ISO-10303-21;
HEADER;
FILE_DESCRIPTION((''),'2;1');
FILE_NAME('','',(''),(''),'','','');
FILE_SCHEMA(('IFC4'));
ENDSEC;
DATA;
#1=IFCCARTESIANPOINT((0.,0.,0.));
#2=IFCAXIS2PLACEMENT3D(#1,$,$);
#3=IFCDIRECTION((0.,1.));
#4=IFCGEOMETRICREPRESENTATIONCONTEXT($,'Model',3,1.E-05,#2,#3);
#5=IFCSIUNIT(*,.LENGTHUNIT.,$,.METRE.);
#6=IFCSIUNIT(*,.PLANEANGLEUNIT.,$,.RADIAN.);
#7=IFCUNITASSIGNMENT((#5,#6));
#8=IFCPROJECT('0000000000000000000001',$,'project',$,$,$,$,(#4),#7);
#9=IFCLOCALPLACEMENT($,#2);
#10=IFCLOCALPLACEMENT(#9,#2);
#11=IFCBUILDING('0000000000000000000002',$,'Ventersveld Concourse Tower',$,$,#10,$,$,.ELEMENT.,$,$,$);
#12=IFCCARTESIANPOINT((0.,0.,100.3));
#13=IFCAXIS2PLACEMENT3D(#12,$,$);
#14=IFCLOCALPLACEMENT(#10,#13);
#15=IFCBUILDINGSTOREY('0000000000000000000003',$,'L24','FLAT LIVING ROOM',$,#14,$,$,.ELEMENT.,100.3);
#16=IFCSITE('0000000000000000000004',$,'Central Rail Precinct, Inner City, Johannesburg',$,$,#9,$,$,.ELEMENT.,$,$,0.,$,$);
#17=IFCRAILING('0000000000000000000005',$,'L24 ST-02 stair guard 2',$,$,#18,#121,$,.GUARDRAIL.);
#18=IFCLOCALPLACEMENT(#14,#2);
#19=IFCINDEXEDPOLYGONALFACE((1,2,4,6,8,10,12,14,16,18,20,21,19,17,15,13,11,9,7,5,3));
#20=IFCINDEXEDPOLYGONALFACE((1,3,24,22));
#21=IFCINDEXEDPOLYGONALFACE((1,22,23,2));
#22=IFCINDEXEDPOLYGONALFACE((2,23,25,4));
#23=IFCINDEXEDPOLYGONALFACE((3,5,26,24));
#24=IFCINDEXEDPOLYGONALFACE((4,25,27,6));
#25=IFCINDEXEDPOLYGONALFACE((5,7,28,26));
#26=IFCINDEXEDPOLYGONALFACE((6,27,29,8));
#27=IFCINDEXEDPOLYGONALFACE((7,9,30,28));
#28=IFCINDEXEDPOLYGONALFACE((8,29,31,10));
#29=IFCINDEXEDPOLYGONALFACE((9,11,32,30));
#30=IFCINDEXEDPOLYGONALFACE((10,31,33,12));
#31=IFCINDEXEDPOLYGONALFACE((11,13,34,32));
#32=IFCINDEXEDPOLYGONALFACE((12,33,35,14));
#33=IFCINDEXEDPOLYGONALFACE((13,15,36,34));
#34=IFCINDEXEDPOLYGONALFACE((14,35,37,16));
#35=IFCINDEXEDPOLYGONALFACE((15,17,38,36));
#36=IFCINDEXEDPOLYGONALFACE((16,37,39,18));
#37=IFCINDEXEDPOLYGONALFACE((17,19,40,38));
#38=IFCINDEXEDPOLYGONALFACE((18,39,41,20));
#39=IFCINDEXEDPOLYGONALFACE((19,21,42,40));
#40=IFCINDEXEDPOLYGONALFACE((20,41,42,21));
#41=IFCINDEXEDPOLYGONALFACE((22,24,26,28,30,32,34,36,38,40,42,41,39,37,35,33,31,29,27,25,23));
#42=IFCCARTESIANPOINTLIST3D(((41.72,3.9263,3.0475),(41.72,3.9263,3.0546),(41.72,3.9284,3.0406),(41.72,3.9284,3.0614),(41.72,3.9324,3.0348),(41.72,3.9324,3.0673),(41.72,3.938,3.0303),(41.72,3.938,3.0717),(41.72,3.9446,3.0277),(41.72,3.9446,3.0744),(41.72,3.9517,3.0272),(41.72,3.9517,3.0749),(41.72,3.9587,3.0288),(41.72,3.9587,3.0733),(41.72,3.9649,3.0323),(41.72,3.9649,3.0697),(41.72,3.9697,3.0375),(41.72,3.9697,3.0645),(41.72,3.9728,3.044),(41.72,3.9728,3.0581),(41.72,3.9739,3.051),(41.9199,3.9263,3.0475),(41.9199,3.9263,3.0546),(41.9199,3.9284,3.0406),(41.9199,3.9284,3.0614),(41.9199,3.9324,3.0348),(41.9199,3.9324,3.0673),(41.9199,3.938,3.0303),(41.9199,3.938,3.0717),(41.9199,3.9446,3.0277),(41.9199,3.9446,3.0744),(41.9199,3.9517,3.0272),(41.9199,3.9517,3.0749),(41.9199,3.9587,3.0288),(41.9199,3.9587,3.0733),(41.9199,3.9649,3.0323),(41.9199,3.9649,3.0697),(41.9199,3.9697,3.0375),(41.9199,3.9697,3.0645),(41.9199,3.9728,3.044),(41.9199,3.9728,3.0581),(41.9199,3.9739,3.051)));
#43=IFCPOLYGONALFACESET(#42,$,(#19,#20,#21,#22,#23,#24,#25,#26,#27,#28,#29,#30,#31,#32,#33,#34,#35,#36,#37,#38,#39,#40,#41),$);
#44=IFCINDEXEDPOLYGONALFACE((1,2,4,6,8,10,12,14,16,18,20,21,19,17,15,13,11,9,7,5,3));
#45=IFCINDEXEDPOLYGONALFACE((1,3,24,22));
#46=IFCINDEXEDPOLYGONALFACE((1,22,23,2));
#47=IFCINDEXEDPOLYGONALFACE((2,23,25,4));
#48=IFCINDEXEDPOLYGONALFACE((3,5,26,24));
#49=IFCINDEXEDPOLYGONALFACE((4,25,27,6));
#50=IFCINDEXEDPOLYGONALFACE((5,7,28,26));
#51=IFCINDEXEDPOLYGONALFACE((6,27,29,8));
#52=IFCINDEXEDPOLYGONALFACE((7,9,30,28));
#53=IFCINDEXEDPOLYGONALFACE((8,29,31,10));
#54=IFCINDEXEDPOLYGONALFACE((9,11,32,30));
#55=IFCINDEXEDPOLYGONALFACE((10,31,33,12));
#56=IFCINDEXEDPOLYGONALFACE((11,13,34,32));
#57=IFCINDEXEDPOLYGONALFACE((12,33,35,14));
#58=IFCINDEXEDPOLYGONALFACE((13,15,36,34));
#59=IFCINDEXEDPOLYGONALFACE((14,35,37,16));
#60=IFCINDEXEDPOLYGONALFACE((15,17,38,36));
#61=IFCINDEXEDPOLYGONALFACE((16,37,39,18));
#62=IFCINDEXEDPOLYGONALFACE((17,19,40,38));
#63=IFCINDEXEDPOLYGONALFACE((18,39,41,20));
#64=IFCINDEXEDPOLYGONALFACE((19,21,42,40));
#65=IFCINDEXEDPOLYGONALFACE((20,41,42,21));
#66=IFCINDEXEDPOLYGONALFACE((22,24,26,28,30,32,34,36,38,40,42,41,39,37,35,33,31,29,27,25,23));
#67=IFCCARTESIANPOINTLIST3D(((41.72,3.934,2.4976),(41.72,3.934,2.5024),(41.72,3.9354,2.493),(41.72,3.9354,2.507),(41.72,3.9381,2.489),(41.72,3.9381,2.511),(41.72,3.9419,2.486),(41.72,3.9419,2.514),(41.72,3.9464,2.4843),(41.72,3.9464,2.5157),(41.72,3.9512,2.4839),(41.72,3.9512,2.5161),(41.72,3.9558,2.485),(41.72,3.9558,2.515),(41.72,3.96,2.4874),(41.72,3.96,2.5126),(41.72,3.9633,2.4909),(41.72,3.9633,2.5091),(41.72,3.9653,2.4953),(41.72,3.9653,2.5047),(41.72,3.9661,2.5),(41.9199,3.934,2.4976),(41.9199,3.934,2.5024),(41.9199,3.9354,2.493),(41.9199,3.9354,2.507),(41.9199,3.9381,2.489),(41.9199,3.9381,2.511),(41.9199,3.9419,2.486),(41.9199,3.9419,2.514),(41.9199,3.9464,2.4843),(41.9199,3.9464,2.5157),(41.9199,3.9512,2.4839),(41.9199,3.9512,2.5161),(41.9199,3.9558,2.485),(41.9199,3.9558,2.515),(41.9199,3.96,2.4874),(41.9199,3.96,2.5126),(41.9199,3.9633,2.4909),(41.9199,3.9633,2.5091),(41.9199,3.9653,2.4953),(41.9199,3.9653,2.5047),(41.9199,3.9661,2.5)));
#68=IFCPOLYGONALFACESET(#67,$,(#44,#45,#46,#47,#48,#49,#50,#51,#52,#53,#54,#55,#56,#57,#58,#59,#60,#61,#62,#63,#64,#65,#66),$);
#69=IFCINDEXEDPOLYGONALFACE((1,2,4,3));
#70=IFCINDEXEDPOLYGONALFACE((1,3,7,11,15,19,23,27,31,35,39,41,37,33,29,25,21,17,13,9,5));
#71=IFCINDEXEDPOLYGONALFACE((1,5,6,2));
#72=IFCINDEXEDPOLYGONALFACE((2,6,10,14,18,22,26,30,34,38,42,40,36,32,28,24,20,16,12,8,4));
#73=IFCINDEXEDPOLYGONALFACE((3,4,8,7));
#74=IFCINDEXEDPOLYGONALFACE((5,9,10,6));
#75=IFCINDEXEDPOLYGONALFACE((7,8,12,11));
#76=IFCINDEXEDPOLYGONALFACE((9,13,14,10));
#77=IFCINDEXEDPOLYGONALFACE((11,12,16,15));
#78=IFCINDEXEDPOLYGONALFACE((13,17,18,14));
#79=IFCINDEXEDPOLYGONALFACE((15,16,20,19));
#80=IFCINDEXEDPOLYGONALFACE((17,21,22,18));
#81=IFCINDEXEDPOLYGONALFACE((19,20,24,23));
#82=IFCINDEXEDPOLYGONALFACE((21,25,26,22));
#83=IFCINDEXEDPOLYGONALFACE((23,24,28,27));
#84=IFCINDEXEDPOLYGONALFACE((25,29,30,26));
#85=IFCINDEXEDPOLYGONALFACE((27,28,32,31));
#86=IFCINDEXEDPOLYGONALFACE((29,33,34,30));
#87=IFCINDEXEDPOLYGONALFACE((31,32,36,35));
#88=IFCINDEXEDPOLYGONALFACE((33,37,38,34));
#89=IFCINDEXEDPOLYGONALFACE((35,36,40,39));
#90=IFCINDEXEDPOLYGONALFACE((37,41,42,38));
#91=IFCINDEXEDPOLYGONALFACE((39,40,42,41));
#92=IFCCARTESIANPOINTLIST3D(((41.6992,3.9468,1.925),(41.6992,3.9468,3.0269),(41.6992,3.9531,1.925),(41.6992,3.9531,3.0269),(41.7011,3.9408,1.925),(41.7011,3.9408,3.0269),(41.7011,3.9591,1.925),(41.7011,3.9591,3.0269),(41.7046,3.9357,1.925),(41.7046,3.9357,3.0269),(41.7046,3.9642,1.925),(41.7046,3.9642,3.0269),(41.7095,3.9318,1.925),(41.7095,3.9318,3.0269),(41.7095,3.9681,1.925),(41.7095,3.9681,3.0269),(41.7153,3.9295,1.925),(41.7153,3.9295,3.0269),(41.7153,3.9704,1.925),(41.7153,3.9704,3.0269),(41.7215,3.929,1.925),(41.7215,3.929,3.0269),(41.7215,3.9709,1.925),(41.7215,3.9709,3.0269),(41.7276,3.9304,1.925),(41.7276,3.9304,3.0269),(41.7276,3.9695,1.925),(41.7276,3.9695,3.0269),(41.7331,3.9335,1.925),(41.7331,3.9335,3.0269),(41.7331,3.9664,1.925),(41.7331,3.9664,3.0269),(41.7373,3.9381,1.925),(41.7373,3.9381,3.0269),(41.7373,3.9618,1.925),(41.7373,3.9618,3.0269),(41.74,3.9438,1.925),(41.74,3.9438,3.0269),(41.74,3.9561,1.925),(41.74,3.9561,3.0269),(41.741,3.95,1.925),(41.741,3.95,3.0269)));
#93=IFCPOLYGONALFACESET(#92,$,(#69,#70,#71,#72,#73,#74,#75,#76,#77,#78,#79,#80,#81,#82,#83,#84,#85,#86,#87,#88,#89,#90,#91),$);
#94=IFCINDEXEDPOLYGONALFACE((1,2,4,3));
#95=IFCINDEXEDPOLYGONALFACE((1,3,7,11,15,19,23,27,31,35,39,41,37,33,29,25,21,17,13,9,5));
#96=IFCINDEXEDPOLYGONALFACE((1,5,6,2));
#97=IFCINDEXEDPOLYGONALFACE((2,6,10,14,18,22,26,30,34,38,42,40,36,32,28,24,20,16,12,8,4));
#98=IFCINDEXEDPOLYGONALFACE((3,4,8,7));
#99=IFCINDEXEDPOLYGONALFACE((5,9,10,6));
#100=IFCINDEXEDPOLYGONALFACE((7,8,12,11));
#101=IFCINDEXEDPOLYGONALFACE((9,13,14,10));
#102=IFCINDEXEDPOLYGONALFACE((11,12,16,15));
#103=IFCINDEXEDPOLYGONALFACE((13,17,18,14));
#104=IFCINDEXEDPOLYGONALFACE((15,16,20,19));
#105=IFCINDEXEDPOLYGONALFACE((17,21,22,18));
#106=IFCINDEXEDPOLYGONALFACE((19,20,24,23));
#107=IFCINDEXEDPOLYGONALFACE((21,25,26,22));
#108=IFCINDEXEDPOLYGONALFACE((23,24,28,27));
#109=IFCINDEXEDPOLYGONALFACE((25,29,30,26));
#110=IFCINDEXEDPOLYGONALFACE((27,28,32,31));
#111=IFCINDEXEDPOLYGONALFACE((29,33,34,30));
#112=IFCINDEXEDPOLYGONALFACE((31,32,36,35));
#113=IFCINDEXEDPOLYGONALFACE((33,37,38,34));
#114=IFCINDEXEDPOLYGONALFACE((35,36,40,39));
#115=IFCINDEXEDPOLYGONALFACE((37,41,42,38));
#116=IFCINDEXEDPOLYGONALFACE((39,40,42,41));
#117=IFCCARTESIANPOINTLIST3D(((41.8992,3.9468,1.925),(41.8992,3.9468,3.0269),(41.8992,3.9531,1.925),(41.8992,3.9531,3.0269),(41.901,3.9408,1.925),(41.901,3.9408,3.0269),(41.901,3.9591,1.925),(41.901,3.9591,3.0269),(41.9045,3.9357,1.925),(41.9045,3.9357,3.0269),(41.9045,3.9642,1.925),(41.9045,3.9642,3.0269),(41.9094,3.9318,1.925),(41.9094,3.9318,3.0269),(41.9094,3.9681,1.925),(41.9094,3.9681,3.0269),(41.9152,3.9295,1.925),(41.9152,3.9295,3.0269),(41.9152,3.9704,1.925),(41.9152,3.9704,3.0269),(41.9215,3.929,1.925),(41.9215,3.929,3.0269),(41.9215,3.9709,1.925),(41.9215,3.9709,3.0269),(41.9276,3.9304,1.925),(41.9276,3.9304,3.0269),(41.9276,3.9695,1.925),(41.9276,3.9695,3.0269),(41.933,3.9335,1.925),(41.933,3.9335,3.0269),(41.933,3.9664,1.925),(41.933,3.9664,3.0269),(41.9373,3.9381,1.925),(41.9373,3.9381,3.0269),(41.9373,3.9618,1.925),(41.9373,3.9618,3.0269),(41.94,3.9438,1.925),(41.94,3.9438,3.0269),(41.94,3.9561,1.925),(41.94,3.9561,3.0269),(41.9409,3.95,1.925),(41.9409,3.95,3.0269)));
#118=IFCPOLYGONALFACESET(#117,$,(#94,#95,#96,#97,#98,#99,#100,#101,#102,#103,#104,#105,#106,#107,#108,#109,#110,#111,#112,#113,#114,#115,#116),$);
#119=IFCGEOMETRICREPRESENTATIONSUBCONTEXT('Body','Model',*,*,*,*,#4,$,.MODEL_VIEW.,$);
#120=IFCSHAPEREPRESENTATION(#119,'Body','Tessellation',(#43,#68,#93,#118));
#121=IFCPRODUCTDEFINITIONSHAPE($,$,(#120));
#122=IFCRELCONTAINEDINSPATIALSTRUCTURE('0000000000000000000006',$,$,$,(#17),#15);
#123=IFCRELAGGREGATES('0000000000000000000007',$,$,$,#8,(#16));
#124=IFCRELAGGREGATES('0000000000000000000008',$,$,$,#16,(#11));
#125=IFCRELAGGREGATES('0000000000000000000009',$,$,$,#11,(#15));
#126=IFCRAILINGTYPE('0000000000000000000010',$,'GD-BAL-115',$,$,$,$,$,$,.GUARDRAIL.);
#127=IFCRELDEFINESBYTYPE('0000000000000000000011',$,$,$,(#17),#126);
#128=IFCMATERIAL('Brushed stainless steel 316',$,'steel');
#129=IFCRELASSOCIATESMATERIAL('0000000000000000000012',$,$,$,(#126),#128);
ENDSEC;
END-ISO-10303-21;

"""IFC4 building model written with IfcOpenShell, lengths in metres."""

from ifc_helpers import new_model, si_unit, direction, frame, origin, origin_2d, place, context, subcontext, project, spatial, circle, extrude, material, type_object, element, save


model = new_model("IFC4")

# Units and contexts
model_context = context("Model", 3, precision=1e-05, world=origin(), true_north=direction((0.0, 1.0)))
body_context = subcontext(model_context, "Body", "Model", "MODEL_VIEW")
ifc_project = project(units=[si_unit("LENGTHUNIT", "METRE"), si_unit("PLANEANGLEUNIT", "RADIAN")], contexts=[model_context])

# Site, building, storey
site_placement = place(None, origin())
site = spatial("IfcSite", under=ifc_project, at=site_placement, Name="Central Rail Precinct, Inner City, Johannesburg", CompositionType="ELEMENT", RefElevation=0.0)
building_placement = place(site_placement, origin())
building = spatial("IfcBuilding", under=site, at=building_placement, Name="Ventersveld Concourse Tower", CompositionType="ELEMENT")
storey_placement = place(building_placement, frame((0.0, 0.0, 100.3)))
storey = spatial("IfcBuildingStorey", under=building, at=storey_placement, Name="L24", Description="FLAT LIVING ROOM", CompositionType="ELEMENT", Elevation=100.3)

# Shared definitions
ifc_material_1 = material(Name="Brushed stainless steel 316", Category="steel")

# Railing
railing_type_1 = type_object("IfcRailingType", Name="GD-BAL-115", PredefinedType="GUARDRAIL", material=ifc_material_1)
railing_1_placement = place(storey_placement, frame((41.72, 3.95, 1.925)))
element("IfcRailing", 1, at=railing_1_placement, inside=storey, type_object=railing_type_1, Name="L24 ST-02 stair guard 2", PredefinedType="GUARDRAIL", context=body_context, shape_type="SweptSolid", body=[
    extrude(circle(Radius=0.0239, at=origin_2d()), frame((0.0, 0.0, 1.126), z_axis=(1.0, 0.0, 0.0), x_axis=(0.0, 1.0, 0.0)), (0.0, 0.0, 1.0), 0.2),
    extrude(circle(Radius=0.0161, at=origin_2d()), frame((0.0, 0.0, 0.575), z_axis=(1.0, 0.0, 0.0), x_axis=(0.0, 1.0, 0.0)), (0.0, 0.0, 1.0), 0.2),
    extrude(circle(Radius=0.021, at=origin_2d()), origin(), (0.0, 0.0, 1.0), 1.1018),
    extrude(circle(Radius=0.021, at=origin_2d()), frame((0.2, 0.0, 0.0)), (0.0, 0.0, 1.0), 1.1018),
])

save(model, "model.ifc")
